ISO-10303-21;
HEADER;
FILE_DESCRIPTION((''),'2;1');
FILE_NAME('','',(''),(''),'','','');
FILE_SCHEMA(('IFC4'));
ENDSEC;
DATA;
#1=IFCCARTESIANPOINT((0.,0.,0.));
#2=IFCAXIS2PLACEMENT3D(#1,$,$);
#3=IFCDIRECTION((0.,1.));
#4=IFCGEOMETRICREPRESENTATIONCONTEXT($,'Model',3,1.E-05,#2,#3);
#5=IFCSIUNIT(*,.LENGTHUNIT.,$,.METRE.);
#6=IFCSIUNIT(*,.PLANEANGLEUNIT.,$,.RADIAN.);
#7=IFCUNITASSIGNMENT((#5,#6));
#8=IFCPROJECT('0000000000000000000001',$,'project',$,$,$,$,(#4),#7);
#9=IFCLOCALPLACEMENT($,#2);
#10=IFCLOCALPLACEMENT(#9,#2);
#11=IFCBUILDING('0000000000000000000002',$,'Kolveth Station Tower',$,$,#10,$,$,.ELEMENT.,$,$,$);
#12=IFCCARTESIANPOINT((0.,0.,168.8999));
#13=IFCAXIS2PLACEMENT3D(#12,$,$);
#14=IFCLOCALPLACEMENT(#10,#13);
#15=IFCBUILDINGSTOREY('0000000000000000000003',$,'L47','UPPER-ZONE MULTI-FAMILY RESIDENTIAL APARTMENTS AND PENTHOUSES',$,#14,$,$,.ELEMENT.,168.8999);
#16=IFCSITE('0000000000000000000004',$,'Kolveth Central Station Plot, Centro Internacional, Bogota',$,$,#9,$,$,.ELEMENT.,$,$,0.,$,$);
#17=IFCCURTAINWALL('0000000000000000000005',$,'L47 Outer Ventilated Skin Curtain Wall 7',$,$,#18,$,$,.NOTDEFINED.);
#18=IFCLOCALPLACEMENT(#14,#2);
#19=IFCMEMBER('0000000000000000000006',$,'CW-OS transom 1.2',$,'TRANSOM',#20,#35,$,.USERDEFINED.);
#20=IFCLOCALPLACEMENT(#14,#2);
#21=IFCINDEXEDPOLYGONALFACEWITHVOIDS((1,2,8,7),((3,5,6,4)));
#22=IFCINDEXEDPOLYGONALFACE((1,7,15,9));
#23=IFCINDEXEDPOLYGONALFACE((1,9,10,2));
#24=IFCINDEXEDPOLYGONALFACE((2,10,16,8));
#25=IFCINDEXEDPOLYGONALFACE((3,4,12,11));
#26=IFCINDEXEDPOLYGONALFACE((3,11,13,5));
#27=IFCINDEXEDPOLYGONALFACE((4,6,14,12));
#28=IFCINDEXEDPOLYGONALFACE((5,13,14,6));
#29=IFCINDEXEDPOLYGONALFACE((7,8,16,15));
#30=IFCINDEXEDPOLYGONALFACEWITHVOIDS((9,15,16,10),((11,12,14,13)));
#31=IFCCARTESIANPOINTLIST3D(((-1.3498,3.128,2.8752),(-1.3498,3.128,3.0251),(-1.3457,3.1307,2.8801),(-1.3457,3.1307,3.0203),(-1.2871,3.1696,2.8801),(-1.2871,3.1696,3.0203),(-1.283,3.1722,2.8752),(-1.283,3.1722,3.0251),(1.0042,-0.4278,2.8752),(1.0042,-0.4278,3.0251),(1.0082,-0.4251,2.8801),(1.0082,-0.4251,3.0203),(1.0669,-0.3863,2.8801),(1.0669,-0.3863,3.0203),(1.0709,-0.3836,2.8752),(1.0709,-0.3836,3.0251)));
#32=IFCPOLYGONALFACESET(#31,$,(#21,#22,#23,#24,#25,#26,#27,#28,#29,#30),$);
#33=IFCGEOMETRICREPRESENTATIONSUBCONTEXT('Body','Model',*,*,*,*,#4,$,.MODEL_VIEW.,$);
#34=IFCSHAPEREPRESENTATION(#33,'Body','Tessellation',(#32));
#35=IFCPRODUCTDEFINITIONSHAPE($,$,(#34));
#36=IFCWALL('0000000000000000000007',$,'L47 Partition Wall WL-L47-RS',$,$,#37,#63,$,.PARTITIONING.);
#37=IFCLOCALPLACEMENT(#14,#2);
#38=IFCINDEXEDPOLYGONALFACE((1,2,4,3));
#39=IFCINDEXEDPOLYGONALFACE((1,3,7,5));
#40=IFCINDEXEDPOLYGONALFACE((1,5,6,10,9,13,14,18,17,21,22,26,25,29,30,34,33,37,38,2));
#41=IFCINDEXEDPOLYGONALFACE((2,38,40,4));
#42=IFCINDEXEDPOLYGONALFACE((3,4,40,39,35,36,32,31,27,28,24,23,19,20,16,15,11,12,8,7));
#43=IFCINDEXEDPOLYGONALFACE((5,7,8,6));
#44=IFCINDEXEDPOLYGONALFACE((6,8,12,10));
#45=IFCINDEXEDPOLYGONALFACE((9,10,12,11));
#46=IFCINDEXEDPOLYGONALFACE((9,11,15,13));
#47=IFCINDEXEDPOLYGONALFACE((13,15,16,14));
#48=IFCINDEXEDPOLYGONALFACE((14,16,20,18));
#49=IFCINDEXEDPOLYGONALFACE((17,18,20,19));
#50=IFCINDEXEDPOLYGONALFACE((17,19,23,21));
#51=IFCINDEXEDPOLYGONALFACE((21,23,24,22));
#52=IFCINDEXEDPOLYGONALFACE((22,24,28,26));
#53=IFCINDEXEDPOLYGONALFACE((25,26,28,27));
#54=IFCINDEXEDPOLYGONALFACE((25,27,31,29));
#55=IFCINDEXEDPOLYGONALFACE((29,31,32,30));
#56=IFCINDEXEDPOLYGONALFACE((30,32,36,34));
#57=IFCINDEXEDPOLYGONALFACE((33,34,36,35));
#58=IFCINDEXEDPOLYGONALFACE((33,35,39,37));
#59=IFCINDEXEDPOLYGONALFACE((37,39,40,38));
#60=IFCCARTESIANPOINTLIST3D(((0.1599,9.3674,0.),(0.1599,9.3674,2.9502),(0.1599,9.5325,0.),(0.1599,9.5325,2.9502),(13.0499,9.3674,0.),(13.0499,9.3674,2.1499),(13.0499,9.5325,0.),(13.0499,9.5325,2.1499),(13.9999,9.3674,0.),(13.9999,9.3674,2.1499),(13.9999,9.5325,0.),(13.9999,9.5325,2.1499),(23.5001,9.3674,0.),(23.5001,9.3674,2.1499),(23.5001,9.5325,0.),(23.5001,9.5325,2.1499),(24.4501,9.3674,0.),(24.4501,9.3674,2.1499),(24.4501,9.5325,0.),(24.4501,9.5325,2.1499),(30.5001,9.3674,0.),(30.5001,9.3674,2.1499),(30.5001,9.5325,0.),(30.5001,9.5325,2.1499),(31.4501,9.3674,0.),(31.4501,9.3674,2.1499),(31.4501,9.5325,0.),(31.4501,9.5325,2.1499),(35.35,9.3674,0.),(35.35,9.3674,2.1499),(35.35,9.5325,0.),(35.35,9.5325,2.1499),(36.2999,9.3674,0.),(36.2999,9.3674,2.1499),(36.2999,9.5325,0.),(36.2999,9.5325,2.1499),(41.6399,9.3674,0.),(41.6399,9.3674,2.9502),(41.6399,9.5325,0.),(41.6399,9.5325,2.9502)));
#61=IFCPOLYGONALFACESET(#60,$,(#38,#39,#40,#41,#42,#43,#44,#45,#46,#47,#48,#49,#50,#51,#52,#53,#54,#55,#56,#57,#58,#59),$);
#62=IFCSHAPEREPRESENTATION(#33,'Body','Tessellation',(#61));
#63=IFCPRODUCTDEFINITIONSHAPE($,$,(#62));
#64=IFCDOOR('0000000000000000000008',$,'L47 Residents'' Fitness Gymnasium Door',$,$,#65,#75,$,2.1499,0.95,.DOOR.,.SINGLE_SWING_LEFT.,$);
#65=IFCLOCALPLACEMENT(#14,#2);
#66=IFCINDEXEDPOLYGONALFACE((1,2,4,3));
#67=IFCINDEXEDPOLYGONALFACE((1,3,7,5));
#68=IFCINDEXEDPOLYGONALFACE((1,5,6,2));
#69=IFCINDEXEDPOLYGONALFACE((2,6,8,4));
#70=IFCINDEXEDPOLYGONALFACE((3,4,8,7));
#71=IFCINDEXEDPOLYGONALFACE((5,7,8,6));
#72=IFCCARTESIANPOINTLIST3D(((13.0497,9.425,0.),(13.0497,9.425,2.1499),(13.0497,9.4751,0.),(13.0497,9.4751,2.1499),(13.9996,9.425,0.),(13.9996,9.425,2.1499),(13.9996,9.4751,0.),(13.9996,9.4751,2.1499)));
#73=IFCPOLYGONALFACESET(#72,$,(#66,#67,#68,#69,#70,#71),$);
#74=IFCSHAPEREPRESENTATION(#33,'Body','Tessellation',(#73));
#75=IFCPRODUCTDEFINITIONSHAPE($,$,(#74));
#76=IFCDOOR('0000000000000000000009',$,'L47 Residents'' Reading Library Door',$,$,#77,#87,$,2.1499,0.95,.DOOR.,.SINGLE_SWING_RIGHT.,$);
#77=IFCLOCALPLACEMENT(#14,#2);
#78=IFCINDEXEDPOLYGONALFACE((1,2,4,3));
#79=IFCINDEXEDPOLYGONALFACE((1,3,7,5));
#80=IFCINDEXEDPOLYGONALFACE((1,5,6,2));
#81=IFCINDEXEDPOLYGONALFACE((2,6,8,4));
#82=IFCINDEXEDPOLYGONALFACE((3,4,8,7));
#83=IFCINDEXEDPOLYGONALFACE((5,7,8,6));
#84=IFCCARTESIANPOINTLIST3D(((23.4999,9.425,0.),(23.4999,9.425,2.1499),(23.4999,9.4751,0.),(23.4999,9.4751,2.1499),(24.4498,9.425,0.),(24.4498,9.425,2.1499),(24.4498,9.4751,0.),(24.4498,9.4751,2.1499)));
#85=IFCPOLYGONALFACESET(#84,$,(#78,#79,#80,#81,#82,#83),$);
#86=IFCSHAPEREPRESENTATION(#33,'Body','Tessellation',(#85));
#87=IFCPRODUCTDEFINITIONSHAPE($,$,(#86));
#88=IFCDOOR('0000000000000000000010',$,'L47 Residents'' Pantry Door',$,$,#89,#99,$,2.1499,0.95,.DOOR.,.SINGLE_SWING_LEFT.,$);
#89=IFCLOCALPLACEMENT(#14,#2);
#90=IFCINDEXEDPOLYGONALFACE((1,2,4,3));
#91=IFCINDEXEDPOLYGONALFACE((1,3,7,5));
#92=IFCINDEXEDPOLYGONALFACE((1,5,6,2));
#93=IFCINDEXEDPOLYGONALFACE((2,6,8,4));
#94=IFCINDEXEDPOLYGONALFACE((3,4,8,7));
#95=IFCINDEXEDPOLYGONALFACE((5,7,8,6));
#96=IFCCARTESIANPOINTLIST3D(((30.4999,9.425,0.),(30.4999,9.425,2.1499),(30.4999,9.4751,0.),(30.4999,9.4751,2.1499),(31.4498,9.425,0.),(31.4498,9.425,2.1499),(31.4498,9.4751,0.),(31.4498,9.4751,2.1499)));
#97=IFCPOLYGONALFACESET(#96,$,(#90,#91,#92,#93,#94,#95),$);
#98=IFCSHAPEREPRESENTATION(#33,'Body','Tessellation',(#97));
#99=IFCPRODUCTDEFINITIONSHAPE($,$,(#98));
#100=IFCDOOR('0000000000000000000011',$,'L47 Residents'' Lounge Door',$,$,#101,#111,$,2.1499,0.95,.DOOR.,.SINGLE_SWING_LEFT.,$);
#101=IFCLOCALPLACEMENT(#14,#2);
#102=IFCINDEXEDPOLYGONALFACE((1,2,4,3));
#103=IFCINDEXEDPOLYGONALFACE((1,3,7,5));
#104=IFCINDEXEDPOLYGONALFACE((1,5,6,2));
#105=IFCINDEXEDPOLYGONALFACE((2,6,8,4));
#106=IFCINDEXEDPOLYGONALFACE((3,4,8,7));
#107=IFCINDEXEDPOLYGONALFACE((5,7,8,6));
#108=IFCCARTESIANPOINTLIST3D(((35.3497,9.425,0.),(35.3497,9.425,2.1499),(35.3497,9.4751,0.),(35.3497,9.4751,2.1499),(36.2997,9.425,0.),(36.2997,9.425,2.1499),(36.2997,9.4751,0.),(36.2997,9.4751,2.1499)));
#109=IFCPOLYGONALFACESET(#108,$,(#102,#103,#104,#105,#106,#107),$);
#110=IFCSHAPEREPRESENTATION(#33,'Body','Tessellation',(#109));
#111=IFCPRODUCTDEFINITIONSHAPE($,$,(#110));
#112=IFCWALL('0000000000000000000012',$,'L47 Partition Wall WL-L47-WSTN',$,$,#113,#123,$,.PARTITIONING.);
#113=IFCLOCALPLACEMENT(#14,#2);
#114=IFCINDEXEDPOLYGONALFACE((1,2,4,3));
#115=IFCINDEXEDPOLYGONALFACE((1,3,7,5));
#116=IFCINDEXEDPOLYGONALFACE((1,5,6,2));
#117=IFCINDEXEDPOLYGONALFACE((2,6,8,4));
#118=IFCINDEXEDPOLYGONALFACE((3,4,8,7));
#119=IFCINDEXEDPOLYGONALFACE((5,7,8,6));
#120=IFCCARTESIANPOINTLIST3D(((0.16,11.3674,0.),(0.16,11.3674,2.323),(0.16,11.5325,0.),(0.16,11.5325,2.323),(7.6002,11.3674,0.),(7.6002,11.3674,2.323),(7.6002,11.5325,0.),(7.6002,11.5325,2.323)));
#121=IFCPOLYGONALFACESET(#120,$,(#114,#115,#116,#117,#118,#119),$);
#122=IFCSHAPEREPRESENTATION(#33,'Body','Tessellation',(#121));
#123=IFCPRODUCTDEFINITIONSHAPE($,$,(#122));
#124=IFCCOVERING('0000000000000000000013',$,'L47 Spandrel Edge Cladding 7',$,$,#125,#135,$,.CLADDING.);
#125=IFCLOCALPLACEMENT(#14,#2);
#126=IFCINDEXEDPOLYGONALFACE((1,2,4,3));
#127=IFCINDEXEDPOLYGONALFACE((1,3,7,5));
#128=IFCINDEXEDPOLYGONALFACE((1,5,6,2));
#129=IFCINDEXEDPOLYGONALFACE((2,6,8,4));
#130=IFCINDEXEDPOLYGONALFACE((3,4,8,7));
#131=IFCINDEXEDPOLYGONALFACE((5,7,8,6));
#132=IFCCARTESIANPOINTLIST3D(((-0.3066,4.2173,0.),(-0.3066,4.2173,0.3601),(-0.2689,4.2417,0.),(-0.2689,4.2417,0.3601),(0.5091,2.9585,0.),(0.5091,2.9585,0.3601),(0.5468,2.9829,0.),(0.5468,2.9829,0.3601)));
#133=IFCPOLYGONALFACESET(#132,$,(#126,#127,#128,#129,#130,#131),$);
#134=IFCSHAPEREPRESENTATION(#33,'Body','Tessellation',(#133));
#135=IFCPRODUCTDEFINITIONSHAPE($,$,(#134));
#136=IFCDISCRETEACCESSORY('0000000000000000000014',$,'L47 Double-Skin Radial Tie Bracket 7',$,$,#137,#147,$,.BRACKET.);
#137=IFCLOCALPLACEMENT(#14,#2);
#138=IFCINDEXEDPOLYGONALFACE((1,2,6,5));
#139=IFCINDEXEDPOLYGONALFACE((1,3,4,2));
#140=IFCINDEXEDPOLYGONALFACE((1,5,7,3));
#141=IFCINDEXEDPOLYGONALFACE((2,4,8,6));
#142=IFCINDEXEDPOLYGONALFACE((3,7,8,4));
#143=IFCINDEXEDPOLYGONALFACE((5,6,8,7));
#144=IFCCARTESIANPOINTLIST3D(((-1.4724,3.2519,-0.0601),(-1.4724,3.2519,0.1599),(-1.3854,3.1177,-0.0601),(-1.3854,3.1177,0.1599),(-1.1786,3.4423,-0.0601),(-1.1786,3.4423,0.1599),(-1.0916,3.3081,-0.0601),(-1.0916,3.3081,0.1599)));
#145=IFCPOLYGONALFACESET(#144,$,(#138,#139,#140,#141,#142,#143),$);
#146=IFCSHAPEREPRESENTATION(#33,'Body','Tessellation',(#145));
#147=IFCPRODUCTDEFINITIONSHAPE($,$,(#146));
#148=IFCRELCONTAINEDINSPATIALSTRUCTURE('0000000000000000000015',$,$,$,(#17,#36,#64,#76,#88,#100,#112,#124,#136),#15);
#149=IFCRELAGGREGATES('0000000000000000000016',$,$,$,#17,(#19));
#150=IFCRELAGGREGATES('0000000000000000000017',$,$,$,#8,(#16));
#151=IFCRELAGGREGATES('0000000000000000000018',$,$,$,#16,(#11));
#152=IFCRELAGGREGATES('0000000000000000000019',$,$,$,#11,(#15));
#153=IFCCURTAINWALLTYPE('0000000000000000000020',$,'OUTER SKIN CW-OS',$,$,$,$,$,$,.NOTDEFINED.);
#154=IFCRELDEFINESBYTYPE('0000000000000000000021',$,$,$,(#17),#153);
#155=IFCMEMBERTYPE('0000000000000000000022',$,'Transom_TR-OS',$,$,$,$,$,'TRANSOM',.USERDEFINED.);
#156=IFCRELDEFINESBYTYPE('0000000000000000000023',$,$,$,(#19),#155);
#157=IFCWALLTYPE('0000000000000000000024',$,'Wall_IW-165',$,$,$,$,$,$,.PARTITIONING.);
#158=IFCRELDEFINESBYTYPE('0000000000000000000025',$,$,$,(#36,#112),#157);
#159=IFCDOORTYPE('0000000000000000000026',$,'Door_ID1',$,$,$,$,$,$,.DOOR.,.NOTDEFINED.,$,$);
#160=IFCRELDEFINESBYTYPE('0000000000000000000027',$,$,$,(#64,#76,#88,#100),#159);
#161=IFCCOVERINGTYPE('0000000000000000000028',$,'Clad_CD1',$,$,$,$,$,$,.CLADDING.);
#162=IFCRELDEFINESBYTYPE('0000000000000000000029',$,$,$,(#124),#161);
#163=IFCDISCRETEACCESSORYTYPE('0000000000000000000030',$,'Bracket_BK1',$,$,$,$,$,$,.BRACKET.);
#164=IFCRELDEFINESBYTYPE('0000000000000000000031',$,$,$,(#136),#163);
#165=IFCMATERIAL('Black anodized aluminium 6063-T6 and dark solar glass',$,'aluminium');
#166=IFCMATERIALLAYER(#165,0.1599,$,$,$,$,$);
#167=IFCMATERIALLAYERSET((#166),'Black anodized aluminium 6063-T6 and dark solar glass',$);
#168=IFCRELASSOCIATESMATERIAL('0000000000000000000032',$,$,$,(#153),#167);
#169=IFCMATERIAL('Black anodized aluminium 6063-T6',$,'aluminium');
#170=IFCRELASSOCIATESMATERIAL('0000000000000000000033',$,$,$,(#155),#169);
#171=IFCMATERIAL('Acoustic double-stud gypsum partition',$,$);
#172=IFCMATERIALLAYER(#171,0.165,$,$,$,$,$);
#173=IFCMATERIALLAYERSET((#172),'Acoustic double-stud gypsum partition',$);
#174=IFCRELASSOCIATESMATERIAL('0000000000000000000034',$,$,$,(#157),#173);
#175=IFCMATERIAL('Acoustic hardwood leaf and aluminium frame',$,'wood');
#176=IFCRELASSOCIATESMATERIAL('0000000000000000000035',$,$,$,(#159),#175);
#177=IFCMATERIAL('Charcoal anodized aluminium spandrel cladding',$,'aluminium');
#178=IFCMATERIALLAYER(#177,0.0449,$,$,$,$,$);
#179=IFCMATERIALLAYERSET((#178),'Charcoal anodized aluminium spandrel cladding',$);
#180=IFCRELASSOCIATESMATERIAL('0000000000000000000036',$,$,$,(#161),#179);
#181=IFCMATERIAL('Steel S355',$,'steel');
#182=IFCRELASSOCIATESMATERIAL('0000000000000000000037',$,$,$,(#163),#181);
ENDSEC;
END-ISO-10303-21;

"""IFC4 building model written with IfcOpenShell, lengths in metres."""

from ifc_helpers import new_model, si_unit, direction, frame, frame_2d, origin, origin_2d, place, context, subcontext, project, spatial, rectangle, hollow_rectangle, extrude, source, transform, mapped, material, layer, layer_set, material_profile, profile_set, type_object, element, fill, aggregate, save


model = new_model("IFC4")

# Units and contexts
model_context = context("Model", 3, precision=1e-05, world=origin(), true_north=direction((0.0, 1.0)))
body_context = subcontext(model_context, "Body", "Model", "MODEL_VIEW")
ifc_project = project(units=[si_unit("LENGTHUNIT", "METRE"), si_unit("PLANEANGLEUNIT", "RADIAN")], contexts=[model_context])

# Site, building, storey
site_placement = place(None, origin())
site = spatial("IfcSite", under=ifc_project, at=site_placement, Name="Kolveth Central Station Plot, Centro Internacional, Bogota", CompositionType="ELEMENT", RefElevation=0.0)
building_placement = place(site_placement, origin())
building = spatial("IfcBuilding", under=site, at=building_placement, Name="Kolveth Station Tower", CompositionType="ELEMENT")
storey_placement = place(building_placement, frame((0.0, 0.0, 168.8999)))
storey = spatial("IfcBuildingStorey", under=building, at=storey_placement, Name="L47", Description="UPPER-ZONE MULTI-FAMILY RESIDENTIAL APARTMENTS AND PENTHOUSES", CompositionType="ELEMENT", Elevation=168.8999)

# Shared definitions
ifc_material_1 = material(Name="Steel S355", Category="steel")

# Curtain wall
ifc_material_2 = material(Name="Black anodized aluminium 6063-T6 and dark solar glass", Category="aluminium")
ifc_layer_1 = layer(ifc_material_2, 0.1599)
ifc_layer_set_1 = layer_set([ifc_layer_1], Name="Black anodized aluminium 6063-T6 and dark solar glass")
curtain_wall_type_1 = type_object("IfcCurtainWallType", Name="OUTER SKIN CW-OS", PredefinedType="NOTDEFINED", material=ifc_layer_set_1)
ifc_material_3 = material(Name="Black anodized aluminium 6063-T6", Category="aluminium")
curtain_wall_1_placement = place(storey_placement, origin())
curtain_wall_1 = element("IfcCurtainWall", 1, at=curtain_wall_1_placement, inside=storey, type_object=curtain_wall_type_1, Name="L47 Outer Ventilated Skin Curtain Wall 7", PredefinedType="NOTDEFINED")

# Member
ifc_material_profile_1 = material_profile(ifc_material_3, hollow_rectangle(XDim=0.0801, YDim=0.1499, WallThickness=0.0049, at=origin_2d()), Name="ALU-80x150x5")
ifc_profile_set_1 = profile_set([ifc_material_profile_1], Name="Black anodized aluminium 6063-T6")
member_type_1 = type_object("IfcMemberType", Name="Transom_TR-OS", ElementType="TRANSOM", PredefinedType="USERDEFINED", material=ifc_profile_set_1)
shared_shape_1 = source(origin(), body_context, "Body", "SweptSolid", [
    extrude(hollow_rectangle(XDim=0.0801, YDim=0.1499, WallThickness=0.0049, at=origin_2d()), origin(), (0.0, 0.0, 1.0), 4.2644),
])
member_1_placement = place(storey_placement, frame((-1.3164, 3.1501, 2.9502), z_axis=(0.552002, -0.833843, 0.0), x_axis=(0.833843, 0.552002, 0.0)))
member_1 = element("IfcMember", 2, at=member_1_placement, type_object=member_type_1, Name="CW-OS transom 1.2", ObjectType="TRANSOM", PredefinedType="USERDEFINED", context=body_context, shape_type="MappedRepresentation", body=[
    mapped(shared_shape_1, transform((0.0, 0.0, 0.0), x_axis=(1.0, 0.0, 0.0), y_axis=(0.0, 1.0, 0.0), z_axis=(0.0, 0.0, 1.0), scale=1.0)),
])
aggregate(curtain_wall_1, [member_1])

# Wall, openings, doors
ifc_material_4 = material(Name="Acoustic double-stud gypsum partition")
ifc_layer_2 = layer(ifc_material_4, 0.165)
ifc_layer_set_2 = layer_set([ifc_layer_2], Name="Acoustic double-stud gypsum partition")
wall_type = type_object("IfcWallType", Name="Wall_IW-165", PredefinedType="PARTITIONING", material=ifc_layer_set_2)
wall_1_placement = place(storey_placement, frame((0.1599, 9.45, 0.0), z_axis=(0.0, 0.0, 1.0), x_axis=(1.0, 0.0, 0.0)))
wall_1 = element("IfcWall", 3, at=wall_1_placement, inside=storey, type_object=wall_type, Name="L47 Partition Wall WL-L47-RS", PredefinedType="PARTITIONING", context=body_context, shape_type="SweptSolid", body=[
    extrude(rectangle(XDim=41.48, YDim=0.165, at=frame_2d((20.74, 0.0))), origin(), (0.0, 0.0, 1.0), 2.9502),
])
opening_1_placement = place(wall_1_placement, frame((12.8899, 0.0, 0.0)))
opening_1 = element("IfcOpeningElement", 4, at=opening_1_placement, cuts=wall_1, PredefinedType="OPENING", context=body_context, shape_type="SweptSolid", body=[
    extrude(rectangle(XDim=0.95, YDim=2.1499, at=frame_2d((0.4751, 1.075))), frame((0.0, 0.0925, 0.0), z_axis=(0.0, -1.0, 0.0), x_axis=(1.0, 0.0, 0.0)), (0.0, 0.0, 1.0), 0.1851),
])
opening_2_placement = place(wall_1_placement, frame((23.3401, 0.0, 0.0)))
opening_2 = element("IfcOpeningElement", 5, at=opening_2_placement, cuts=wall_1, PredefinedType="OPENING", context=body_context, shape_type="SweptSolid", body=[
    extrude(rectangle(XDim=0.95, YDim=2.1499, at=frame_2d((0.4751, 1.075))), frame((0.0, 0.0925, 0.0), z_axis=(0.0, -1.0, 0.0), x_axis=(1.0, 0.0, 0.0)), (0.0, 0.0, 1.0), 0.1851),
])
opening_3_placement = place(wall_1_placement, frame((30.3401, 0.0, 0.0)))
opening_3 = element("IfcOpeningElement", 6, at=opening_3_placement, cuts=wall_1, PredefinedType="OPENING", context=body_context, shape_type="SweptSolid", body=[
    extrude(rectangle(XDim=0.95, YDim=2.1499, at=frame_2d((0.4751, 1.075))), frame((0.0, 0.0925, 0.0), z_axis=(0.0, -1.0, 0.0), x_axis=(1.0, 0.0, 0.0)), (0.0, 0.0, 1.0), 0.1851),
])
opening_4_placement = place(wall_1_placement, frame((35.1899, 0.0, 0.0)))
opening_4 = element("IfcOpeningElement", 7, at=opening_4_placement, cuts=wall_1, PredefinedType="OPENING", context=body_context, shape_type="SweptSolid", body=[
    extrude(rectangle(XDim=0.95, YDim=2.1499, at=frame_2d((0.4751, 1.075))), frame((0.0, 0.0925, 0.0), z_axis=(0.0, -1.0, 0.0), x_axis=(1.0, 0.0, 0.0)), (0.0, 0.0, 1.0), 0.1851),
])
ifc_material_5 = material(Name="Acoustic hardwood leaf and aluminium frame", Category="wood")
door_type = type_object("IfcDoorType", Name="Door_ID1", OperationType="NOTDEFINED", PredefinedType="DOOR", material=ifc_material_5)
door_1_placement = place(opening_1_placement, frame((0.95, 0.0, 0.0), z_axis=(0.0, 0.0, 1.0), x_axis=(-1.0, 0.0, 0.0)))
door_1 = element("IfcDoor", 8, at=door_1_placement, inside=storey, type_object=door_type, Name="L47 Residents' Fitness Gymnasium Door", OperationType="SINGLE_SWING_LEFT", OverallHeight=2.1499, OverallWidth=0.95, PredefinedType="DOOR", context=body_context, shape_type="SweptSolid", body=[
    extrude(rectangle(XDim=0.95, YDim=2.1499, at=frame_2d((0.4751, 1.075))), frame((0.0, 0.0249, 0.0), z_axis=(0.0, -1.0, 0.0), x_axis=(1.0, 0.0, 0.0)), (0.0, 0.0, 1.0), 0.05),
])
fill(opening_1, door_1)
door_2_placement = place(opening_2_placement, frame((0.95, 0.0, 0.0), z_axis=(0.0, 0.0, 1.0), x_axis=(-1.0, 0.0, 0.0)))
door_2 = element("IfcDoor", 9, at=door_2_placement, inside=storey, type_object=door_type, Name="L47 Residents' Reading Library Door", OperationType="SINGLE_SWING_RIGHT", OverallHeight=2.1499, OverallWidth=0.95, PredefinedType="DOOR", context=body_context, shape_type="SweptSolid", body=[
    extrude(rectangle(XDim=0.95, YDim=2.1499, at=frame_2d((0.4751, 1.075))), frame((0.0, 0.0249, 0.0), z_axis=(0.0, -1.0, 0.0), x_axis=(1.0, 0.0, 0.0)), (0.0, 0.0, 1.0), 0.05),
])
fill(opening_2, door_2)
door_3_placement = place(opening_3_placement, frame((0.95, 0.0, 0.0), z_axis=(0.0, 0.0, 1.0), x_axis=(-1.0, 0.0, 0.0)))
door_3 = element("IfcDoor", 10, at=door_3_placement, inside=storey, type_object=door_type, Name="L47 Residents' Pantry Door", OperationType="SINGLE_SWING_LEFT", OverallHeight=2.1499, OverallWidth=0.95, PredefinedType="DOOR", context=body_context, shape_type="SweptSolid", body=[
    extrude(rectangle(XDim=0.95, YDim=2.1499, at=frame_2d((0.4751, 1.075))), frame((0.0, 0.0249, 0.0), z_axis=(0.0, -1.0, 0.0), x_axis=(1.0, 0.0, 0.0)), (0.0, 0.0, 1.0), 0.05),
])
fill(opening_3, door_3)
door_4_placement = place(opening_4_placement, frame((0.95, 0.0, 0.0), z_axis=(0.0, 0.0, 1.0), x_axis=(-1.0, 0.0, 0.0)))
door_4 = element("IfcDoor", 11, at=door_4_placement, inside=storey, type_object=door_type, Name="L47 Residents' Lounge Door", OperationType="SINGLE_SWING_LEFT", OverallHeight=2.1499, OverallWidth=0.95, PredefinedType="DOOR", context=body_context, shape_type="SweptSolid", body=[
    extrude(rectangle(XDim=0.95, YDim=2.1499, at=frame_2d((0.4751, 1.075))), frame((0.0, 0.0249, 0.0), z_axis=(0.0, -1.0, 0.0), x_axis=(1.0, 0.0, 0.0)), (0.0, 0.0, 1.0), 0.05),
])
fill(opening_4, door_4)

# Wall
wall_2_placement = place(storey_placement, frame((0.1599, 11.45, 0.0), z_axis=(0.0, 0.0, 1.0), x_axis=(1.0, 0.0, 0.0)))
element("IfcWall", 12, at=wall_2_placement, inside=storey, type_object=wall_type, Name="L47 Partition Wall WL-L47-WSTN", PredefinedType="PARTITIONING", context=body_context, shape_type="SweptSolid", body=[
    extrude(rectangle(XDim=7.4402, YDim=0.165, at=frame_2d((3.7202, 0.0))), origin(), (0.0, 0.0, 1.0), 2.323),
])

# Covering
ifc_material_6 = material(Name="Charcoal anodized aluminium spandrel cladding", Category="aluminium")
ifc_layer_3 = layer(ifc_material_6, 0.0449)
ifc_layer_set_3 = layer_set([ifc_layer_3], Name="Charcoal anodized aluminium spandrel cladding")
covering_type = type_object("IfcCoveringType", Name="Clad_CD1", PredefinedType="CLADDING", material=ifc_layer_set_3)
shared_shape_2 = source(origin(), body_context, "Body", "SweptSolid", [
    extrude(rectangle(XDim=1.5, YDim=0.0449, at=origin_2d()), origin(), (0.0, 0.0, 1.0), 0.3601),
])
covering_placement = place(storey_placement, frame((0.1201, 3.6001, 0.0), z_axis=(0.0, 0.0, 1.0), x_axis=(0.54376, -0.83924, 0.0)))
element("IfcCovering", 13, at=covering_placement, inside=storey, type_object=covering_type, Name="L47 Spandrel Edge Cladding 7", PredefinedType="CLADDING", context=body_context, shape_type="MappedRepresentation", body=[
    mapped(shared_shape_2, transform((0.0, 0.0, 0.0), x_axis=(1.0, 0.0, 0.0), y_axis=(0.0, 1.0, 0.0), z_axis=(0.0, 0.0, 1.0), scale=1.0)),
])

# Discrete accessory
discrete_accessory_type = type_object("IfcDiscreteAccessoryType", Name="Bracket_BK1", PredefinedType="BRACKET", material=ifc_material_1)
shared_shape_3 = source(origin(), body_context, "Body", "SweptSolid", [
    extrude(rectangle(XDim=0.3501, YDim=0.1599, at=origin_2d()), origin(), (0.0, 0.0, 1.0), 0.22),
])
discrete_accessory_placement = place(storey_placement, frame((-1.282, 3.28, -0.0601), z_axis=(0.0, 0.0, 1.0), x_axis=(-0.83924, -0.54376, 0.0)))
element("IfcDiscreteAccessory", 14, at=discrete_accessory_placement, inside=storey, type_object=discrete_accessory_type, Name="L47 Double-Skin Radial Tie Bracket 7", PredefinedType="BRACKET", context=body_context, shape_type="MappedRepresentation", body=[
    mapped(shared_shape_3, transform((0.0, 0.0, 0.0), x_axis=(1.0, 0.0, 0.0), y_axis=(0.0, 1.0, 0.0), z_axis=(0.0, 0.0, 1.0), scale=1.0)),
])

save(model, "model.ifc")
